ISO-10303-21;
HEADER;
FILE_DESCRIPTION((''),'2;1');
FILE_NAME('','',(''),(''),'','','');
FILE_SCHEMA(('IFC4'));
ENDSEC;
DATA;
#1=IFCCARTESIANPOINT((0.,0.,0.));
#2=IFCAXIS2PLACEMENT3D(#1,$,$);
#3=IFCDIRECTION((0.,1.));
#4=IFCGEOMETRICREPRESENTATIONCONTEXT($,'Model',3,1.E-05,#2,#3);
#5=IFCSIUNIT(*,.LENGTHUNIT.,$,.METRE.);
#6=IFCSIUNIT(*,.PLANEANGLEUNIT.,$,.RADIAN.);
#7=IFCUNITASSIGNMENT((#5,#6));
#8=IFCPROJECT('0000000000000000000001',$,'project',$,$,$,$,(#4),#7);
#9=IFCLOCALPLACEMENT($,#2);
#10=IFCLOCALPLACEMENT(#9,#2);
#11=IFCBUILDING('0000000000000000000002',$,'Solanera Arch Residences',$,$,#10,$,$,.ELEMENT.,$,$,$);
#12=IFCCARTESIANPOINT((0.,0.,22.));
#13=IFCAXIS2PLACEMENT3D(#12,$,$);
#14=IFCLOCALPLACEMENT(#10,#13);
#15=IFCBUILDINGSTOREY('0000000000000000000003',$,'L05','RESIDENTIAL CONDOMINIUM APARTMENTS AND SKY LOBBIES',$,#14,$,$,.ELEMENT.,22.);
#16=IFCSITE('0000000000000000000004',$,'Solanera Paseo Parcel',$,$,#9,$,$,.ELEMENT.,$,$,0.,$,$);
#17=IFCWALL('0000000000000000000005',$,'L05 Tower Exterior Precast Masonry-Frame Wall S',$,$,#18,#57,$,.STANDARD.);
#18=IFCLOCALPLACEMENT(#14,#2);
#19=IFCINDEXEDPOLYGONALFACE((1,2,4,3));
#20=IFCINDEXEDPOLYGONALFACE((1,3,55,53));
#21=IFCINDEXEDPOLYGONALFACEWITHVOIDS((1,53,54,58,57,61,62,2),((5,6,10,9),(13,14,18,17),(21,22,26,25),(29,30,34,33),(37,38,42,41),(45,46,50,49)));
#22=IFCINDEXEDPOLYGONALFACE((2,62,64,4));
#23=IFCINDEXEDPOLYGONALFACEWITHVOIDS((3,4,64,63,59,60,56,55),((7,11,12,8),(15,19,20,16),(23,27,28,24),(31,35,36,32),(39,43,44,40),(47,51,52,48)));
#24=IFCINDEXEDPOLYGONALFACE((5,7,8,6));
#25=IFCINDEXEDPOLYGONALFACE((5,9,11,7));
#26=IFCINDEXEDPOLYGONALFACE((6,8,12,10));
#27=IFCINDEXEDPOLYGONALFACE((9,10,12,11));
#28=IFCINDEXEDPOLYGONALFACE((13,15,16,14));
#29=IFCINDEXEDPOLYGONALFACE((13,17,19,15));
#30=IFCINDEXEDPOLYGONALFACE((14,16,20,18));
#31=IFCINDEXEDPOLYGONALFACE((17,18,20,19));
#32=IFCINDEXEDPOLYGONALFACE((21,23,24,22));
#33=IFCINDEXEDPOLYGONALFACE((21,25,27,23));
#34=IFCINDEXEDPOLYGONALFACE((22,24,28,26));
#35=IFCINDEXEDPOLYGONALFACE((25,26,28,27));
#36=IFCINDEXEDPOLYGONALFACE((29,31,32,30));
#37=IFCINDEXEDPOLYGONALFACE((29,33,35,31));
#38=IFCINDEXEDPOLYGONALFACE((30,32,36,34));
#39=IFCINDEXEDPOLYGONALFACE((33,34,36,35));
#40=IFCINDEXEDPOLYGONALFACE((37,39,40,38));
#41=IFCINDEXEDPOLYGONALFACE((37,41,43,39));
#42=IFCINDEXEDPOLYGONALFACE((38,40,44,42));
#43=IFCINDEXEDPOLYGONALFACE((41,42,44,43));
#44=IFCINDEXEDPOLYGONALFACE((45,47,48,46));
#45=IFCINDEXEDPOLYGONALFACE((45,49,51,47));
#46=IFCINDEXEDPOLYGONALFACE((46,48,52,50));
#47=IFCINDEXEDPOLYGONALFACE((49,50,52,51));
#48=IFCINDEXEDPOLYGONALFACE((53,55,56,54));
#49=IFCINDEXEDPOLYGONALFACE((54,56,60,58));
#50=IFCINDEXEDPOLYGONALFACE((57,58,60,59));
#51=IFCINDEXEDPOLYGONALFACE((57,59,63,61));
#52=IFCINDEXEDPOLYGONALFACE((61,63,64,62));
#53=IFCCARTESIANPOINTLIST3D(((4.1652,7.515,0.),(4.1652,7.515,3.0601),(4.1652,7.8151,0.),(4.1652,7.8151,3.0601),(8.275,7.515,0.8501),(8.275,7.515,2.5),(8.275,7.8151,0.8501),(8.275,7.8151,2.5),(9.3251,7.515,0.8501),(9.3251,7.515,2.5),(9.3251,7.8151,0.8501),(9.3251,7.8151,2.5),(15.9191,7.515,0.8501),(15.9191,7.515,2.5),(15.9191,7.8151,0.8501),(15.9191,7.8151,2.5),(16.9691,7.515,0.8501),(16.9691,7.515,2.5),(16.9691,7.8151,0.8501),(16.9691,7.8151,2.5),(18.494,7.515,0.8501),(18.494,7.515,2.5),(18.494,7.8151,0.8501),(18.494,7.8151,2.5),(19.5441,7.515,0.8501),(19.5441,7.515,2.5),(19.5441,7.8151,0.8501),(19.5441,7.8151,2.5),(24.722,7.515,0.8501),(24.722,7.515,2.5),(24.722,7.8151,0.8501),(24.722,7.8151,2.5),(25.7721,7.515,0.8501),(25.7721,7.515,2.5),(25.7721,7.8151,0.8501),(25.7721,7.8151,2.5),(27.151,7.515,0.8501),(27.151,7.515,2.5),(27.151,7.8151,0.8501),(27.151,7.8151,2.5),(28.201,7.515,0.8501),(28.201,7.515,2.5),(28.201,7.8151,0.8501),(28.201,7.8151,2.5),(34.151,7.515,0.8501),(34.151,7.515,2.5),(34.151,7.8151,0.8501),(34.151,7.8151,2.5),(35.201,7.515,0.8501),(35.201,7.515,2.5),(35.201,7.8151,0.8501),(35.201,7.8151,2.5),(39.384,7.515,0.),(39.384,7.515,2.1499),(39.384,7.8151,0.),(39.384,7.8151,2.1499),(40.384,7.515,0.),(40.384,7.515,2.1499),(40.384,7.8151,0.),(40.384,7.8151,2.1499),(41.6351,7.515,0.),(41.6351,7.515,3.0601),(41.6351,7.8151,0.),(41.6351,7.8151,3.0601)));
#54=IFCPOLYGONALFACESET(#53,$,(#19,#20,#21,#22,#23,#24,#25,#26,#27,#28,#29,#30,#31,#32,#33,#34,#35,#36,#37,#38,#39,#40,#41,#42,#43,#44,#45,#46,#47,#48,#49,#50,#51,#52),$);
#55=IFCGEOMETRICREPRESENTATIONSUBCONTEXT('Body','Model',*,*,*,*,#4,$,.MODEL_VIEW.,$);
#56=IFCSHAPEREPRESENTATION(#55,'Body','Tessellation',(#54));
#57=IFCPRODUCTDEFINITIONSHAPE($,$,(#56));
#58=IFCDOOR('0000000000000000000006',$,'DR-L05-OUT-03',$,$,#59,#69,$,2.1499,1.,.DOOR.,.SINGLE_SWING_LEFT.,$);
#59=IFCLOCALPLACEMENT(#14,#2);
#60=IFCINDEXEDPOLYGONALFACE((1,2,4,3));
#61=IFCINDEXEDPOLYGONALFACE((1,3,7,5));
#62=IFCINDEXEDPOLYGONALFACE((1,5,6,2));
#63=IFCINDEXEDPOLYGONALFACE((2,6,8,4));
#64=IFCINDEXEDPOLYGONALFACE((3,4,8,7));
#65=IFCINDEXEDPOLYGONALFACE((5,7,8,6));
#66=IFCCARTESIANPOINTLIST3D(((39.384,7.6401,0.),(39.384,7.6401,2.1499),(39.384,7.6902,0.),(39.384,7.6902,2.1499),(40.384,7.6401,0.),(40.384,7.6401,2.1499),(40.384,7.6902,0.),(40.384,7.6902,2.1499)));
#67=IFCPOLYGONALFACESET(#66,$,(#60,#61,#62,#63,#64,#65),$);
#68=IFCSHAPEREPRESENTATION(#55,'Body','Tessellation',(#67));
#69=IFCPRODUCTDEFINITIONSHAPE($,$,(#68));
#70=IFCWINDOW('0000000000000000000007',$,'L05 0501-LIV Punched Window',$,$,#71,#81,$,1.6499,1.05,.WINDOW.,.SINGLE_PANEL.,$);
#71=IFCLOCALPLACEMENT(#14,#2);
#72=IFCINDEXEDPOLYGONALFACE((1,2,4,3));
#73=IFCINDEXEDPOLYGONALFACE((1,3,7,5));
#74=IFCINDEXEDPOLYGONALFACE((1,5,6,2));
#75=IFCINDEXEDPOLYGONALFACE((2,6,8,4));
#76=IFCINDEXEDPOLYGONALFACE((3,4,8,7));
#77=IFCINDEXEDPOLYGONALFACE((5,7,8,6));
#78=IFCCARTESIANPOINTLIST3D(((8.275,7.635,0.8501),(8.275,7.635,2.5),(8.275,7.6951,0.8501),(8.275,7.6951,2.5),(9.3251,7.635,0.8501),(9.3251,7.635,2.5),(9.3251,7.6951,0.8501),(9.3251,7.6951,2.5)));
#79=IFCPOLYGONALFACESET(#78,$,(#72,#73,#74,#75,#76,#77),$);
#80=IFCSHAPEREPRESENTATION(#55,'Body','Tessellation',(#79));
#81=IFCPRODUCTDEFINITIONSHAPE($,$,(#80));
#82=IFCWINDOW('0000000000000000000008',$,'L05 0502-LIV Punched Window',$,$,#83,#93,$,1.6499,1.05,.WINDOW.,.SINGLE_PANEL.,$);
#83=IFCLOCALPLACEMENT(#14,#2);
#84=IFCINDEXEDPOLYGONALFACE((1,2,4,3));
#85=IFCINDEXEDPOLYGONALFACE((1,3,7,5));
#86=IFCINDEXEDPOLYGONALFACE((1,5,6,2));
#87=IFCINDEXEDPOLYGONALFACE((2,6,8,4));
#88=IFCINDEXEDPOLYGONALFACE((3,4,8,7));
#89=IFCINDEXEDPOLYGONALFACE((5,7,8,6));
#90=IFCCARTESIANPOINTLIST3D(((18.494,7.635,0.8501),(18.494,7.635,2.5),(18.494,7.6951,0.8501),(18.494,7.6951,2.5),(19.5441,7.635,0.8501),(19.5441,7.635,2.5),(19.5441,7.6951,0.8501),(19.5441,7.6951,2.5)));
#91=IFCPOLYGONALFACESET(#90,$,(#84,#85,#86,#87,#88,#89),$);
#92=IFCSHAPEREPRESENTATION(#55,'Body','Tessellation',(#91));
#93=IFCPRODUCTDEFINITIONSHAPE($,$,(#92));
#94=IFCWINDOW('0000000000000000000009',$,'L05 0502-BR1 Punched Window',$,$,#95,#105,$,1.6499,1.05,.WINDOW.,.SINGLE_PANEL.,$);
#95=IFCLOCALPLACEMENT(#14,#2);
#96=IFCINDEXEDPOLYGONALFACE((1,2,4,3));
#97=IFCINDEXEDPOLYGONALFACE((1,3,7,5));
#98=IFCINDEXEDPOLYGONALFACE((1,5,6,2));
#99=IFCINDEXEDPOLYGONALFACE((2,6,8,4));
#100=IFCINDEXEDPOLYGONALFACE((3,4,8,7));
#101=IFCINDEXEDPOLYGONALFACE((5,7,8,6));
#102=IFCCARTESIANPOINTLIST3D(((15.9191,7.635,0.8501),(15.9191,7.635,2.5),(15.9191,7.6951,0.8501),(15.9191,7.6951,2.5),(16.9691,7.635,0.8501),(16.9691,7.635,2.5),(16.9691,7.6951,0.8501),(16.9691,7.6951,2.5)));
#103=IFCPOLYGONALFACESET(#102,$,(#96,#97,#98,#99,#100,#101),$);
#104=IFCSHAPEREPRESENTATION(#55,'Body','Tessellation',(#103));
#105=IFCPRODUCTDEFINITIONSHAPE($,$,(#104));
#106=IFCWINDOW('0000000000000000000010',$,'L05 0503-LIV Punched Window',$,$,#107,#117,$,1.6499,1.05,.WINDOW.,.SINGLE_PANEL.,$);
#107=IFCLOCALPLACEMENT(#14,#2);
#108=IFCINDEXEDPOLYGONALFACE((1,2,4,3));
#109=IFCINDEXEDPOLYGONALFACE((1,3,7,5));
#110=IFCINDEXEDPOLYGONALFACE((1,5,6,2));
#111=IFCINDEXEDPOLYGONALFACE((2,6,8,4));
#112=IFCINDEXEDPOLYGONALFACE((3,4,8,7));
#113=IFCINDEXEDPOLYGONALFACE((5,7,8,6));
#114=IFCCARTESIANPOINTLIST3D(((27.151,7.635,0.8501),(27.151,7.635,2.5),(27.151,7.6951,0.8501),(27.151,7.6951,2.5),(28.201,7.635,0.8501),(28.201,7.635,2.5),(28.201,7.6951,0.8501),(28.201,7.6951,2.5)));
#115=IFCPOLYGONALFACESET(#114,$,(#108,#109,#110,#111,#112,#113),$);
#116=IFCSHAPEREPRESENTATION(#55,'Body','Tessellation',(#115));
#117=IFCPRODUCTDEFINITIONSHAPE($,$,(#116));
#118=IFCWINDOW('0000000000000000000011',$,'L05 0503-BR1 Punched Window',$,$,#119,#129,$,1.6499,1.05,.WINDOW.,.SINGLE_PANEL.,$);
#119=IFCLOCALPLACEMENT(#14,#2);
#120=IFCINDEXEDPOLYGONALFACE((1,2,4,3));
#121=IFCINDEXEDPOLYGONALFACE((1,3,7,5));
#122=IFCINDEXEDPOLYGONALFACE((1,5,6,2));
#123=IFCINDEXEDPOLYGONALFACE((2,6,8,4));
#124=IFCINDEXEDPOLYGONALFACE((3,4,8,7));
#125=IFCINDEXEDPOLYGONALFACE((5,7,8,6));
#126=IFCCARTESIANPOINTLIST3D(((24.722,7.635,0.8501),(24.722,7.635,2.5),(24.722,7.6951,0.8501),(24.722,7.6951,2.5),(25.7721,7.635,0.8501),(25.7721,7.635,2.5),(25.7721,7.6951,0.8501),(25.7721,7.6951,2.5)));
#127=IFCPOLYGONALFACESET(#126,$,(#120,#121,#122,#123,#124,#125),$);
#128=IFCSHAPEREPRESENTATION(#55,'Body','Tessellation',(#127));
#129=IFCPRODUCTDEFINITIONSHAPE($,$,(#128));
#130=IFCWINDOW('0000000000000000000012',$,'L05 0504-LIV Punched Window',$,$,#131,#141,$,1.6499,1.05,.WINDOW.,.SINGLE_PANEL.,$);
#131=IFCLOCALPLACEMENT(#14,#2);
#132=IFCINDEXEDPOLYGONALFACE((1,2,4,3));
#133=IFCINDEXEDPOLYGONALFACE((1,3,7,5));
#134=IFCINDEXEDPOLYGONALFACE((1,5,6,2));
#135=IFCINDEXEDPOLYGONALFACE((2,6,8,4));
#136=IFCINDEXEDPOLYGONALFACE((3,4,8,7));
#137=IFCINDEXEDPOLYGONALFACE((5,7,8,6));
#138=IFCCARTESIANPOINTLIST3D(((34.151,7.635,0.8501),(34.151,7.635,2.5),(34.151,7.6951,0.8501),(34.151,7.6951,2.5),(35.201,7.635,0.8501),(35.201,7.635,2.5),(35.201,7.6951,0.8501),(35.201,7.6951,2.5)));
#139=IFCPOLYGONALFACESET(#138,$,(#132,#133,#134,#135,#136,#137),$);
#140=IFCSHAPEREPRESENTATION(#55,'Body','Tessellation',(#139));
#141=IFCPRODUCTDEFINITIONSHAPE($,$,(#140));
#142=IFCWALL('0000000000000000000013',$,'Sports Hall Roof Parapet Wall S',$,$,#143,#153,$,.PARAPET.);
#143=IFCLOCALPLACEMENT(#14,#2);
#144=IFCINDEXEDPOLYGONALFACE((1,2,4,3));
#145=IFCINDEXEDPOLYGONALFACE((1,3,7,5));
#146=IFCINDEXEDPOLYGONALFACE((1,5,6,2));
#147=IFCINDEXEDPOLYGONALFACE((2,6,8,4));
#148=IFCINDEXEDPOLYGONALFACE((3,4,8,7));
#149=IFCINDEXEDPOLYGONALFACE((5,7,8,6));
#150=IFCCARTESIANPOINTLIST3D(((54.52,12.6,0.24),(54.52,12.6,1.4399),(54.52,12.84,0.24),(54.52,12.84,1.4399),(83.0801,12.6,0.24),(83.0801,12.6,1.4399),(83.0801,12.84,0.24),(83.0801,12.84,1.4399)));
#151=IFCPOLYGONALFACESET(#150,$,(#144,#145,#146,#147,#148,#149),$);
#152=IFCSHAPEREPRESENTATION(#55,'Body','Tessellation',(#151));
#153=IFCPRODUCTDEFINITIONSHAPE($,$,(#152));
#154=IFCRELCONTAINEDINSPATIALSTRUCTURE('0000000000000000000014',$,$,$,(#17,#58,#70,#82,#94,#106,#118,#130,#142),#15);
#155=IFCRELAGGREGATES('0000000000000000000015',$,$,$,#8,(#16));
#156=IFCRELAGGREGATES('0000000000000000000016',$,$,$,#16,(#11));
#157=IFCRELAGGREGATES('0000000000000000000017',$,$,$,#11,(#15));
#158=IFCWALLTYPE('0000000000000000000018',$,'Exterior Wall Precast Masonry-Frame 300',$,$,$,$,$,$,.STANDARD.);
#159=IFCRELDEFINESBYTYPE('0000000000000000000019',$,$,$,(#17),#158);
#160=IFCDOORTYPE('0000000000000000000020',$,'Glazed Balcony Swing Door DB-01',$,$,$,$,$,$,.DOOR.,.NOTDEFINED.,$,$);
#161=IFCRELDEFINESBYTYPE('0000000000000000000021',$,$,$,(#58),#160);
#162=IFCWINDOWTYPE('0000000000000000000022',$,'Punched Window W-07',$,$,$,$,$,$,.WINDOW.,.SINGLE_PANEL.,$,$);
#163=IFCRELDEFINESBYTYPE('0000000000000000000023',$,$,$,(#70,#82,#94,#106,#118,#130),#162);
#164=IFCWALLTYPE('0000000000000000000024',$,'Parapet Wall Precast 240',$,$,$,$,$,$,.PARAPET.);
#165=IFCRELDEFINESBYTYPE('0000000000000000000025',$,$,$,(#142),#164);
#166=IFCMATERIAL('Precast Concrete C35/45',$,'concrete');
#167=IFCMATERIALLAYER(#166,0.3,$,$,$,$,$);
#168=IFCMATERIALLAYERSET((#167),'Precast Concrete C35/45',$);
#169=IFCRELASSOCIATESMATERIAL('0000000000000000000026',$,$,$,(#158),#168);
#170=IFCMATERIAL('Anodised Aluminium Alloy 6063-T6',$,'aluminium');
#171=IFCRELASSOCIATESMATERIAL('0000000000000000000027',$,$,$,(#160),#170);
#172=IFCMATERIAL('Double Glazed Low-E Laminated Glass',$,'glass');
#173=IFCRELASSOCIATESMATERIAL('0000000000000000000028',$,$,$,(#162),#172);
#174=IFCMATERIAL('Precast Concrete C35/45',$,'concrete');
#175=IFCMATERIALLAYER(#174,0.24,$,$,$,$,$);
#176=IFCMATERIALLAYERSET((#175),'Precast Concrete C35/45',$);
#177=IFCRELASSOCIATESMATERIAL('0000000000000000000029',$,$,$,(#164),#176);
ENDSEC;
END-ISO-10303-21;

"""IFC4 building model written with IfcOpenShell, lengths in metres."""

from ifc_helpers import new_model, si_unit, direction, frame, frame_2d, origin, place, context, subcontext, project, spatial, rectangle, extrude, material, layer, layer_set, type_object, element, fill, save


model = new_model("IFC4")

# Units and contexts
model_context = context("Model", 3, precision=1e-05, world=origin(), true_north=direction((0.0, 1.0)))
body_context = subcontext(model_context, "Body", "Model", "MODEL_VIEW")
ifc_project = project(units=[si_unit("LENGTHUNIT", "METRE"), si_unit("PLANEANGLEUNIT", "RADIAN")], contexts=[model_context])

# Site, building, storey
site_placement = place(None, origin())
site = spatial("IfcSite", under=ifc_project, at=site_placement, Name="Solanera Paseo Parcel", CompositionType="ELEMENT", RefElevation=0.0)
building_placement = place(site_placement, origin())
building = spatial("IfcBuilding", under=site, at=building_placement, Name="Solanera Arch Residences", CompositionType="ELEMENT")
storey_placement = place(building_placement, frame((0.0, 0.0, 22.0)))
storey = spatial("IfcBuildingStorey", under=building, at=storey_placement, Name="L05", Description="RESIDENTIAL CONDOMINIUM APARTMENTS AND SKY LOBBIES", CompositionType="ELEMENT", Elevation=22.0)

# Shared definitions
ifc_material_1 = material(Name="Precast Concrete C35/45", Category="concrete")
ifc_layer_1 = layer(ifc_material_1, 0.3)
ifc_layer_set_1 = layer_set([ifc_layer_1], Name="Precast Concrete C35/45")
wall_type_1 = type_object("IfcWallType", Name="Exterior Wall Precast Masonry-Frame 300", PredefinedType="STANDARD", material=ifc_layer_set_1)

# Wall, openings, door, windows
wall_1_placement = place(storey_placement, frame((41.635, 7.665, 0.0), z_axis=(0.0, 0.0, 1.0), x_axis=(-1.0, 0.0, 0.0)))
wall_1 = element("IfcWall", 1, at=wall_1_placement, inside=storey, type_object=wall_type_1, Name="L05 Tower Exterior Precast Masonry-Frame Wall S", PredefinedType="STANDARD", context=body_context, shape_type="SweptSolid", body=[
    extrude(rectangle(XDim=37.47, YDim=0.3, at=frame_2d((18.7349, 0.0))), origin(), (0.0, 0.0, 1.0), 3.0601),
])
opening_1_placement = place(wall_1_placement, frame((1.251, 0.0, 0.0)))
opening_1 = element("IfcOpeningElement", 2, at=opening_1_placement, cuts=wall_1, PredefinedType="OPENING", context=body_context, shape_type="SweptSolid", body=[
    extrude(rectangle(XDim=1.0, YDim=2.1499, at=frame_2d((0.5, 1.075))), frame((0.0, 0.1599, 0.0), z_axis=(0.0, -1.0, 0.0), x_axis=(1.0, 0.0, 0.0)), (0.0, 0.0, 1.0), 0.32),
])
opening_2_placement = place(wall_1_placement, frame((32.3101, 0.0, 0.8501)))
opening_2 = element("IfcOpeningElement", 3, at=opening_2_placement, cuts=wall_1, PredefinedType="OPENING", context=body_context, shape_type="SweptSolid", body=[
    extrude(rectangle(XDim=1.05, YDim=1.6499, at=frame_2d((0.5249, 0.825))), frame((0.0, 0.1599, 0.0), z_axis=(0.0, -1.0, 0.0), x_axis=(1.0, 0.0, 0.0)), (0.0, 0.0, 1.0), 0.32),
])
opening_3_placement = place(wall_1_placement, frame((22.0911, 0.0, 0.8501)))
opening_3 = element("IfcOpeningElement", 4, at=opening_3_placement, cuts=wall_1, PredefinedType="OPENING", context=body_context, shape_type="SweptSolid", body=[
    extrude(rectangle(XDim=1.05, YDim=1.6499, at=frame_2d((0.5249, 0.825))), frame((0.0, 0.1599, 0.0), z_axis=(0.0, -1.0, 0.0), x_axis=(1.0, 0.0, 0.0)), (0.0, 0.0, 1.0), 0.32),
])
opening_4_placement = place(wall_1_placement, frame((24.666, 0.0, 0.8501)))
opening_4 = element("IfcOpeningElement", 5, at=opening_4_placement, cuts=wall_1, PredefinedType="OPENING", context=body_context, shape_type="SweptSolid", body=[
    extrude(rectangle(XDim=1.05, YDim=1.6499, at=frame_2d((0.5249, 0.825))), frame((0.0, 0.1599, 0.0), z_axis=(0.0, -1.0, 0.0), x_axis=(1.0, 0.0, 0.0)), (0.0, 0.0, 1.0), 0.32),
])
opening_5_placement = place(wall_1_placement, frame((13.4341, 0.0, 0.8501)))
opening_5 = element("IfcOpeningElement", 6, at=opening_5_placement, cuts=wall_1, PredefinedType="OPENING", context=body_context, shape_type="SweptSolid", body=[
    extrude(rectangle(XDim=1.05, YDim=1.6499, at=frame_2d((0.5249, 0.825))), frame((0.0, 0.1599, 0.0), z_axis=(0.0, -1.0, 0.0), x_axis=(1.0, 0.0, 0.0)), (0.0, 0.0, 1.0), 0.32),
])
opening_6_placement = place(wall_1_placement, frame((15.863, 0.0, 0.8501)))
opening_6 = element("IfcOpeningElement", 7, at=opening_6_placement, cuts=wall_1, PredefinedType="OPENING", context=body_context, shape_type="SweptSolid", body=[
    extrude(rectangle(XDim=1.05, YDim=1.6499, at=frame_2d((0.5249, 0.825))), frame((0.0, 0.1599, 0.0), z_axis=(0.0, -1.0, 0.0), x_axis=(1.0, 0.0, 0.0)), (0.0, 0.0, 1.0), 0.32),
])
opening_7_placement = place(wall_1_placement, frame((6.4341, 0.0, 0.8501)))
opening_7 = element("IfcOpeningElement", 8, at=opening_7_placement, cuts=wall_1, PredefinedType="OPENING", context=body_context, shape_type="SweptSolid", body=[
    extrude(rectangle(XDim=1.05, YDim=1.6499, at=frame_2d((0.5249, 0.825))), frame((0.0, 0.1599, 0.0), z_axis=(0.0, -1.0, 0.0), x_axis=(1.0, 0.0, 0.0)), (0.0, 0.0, 1.0), 0.32),
])
ifc_material_2 = material(Name="Anodised Aluminium Alloy 6063-T6", Category="aluminium")
door_type_1 = type_object("IfcDoorType", Name="Glazed Balcony Swing Door DB-01", OperationType="NOTDEFINED", PredefinedType="DOOR", material=ifc_material_2)
door_1_placement = place(opening_1_placement, origin())
door_1 = element("IfcDoor", 9, at=door_1_placement, inside=storey, type_object=door_type_1, Name="DR-L05-OUT-03", OperationType="SINGLE_SWING_LEFT", OverallHeight=2.1499, OverallWidth=1.0, PredefinedType="DOOR", context=body_context, shape_type="SweptSolid", body=[
    extrude(rectangle(XDim=1.0, YDim=2.1499, at=frame_2d((0.5, 1.075))), frame((0.0, 0.0249, 0.0), z_axis=(0.0, -1.0, 0.0), x_axis=(1.0, 0.0, 0.0)), (0.0, 0.0, 1.0), 0.05),
])
fill(opening_1, door_1)
ifc_material_3 = material(Name="Double Glazed Low-E Laminated Glass", Category="glass")
window_type = type_object("IfcWindowType", Name="Punched Window W-07", PartitioningType="SINGLE_PANEL", PredefinedType="WINDOW", material=ifc_material_3)
window_1_placement = place(opening_2_placement, origin())
window_1 = element("IfcWindow", 10, at=window_1_placement, inside=storey, type_object=window_type, Name="L05 0501-LIV Punched Window", OverallHeight=1.6499, OverallWidth=1.05, PartitioningType="SINGLE_PANEL", PredefinedType="WINDOW", context=body_context, shape_type="SweptSolid", body=[
    extrude(rectangle(XDim=1.05, YDim=1.6499, at=frame_2d((0.5249, 0.825))), frame((0.0, 0.03, 0.0), z_axis=(0.0, -1.0, 0.0), x_axis=(1.0, 0.0, 0.0)), (0.0, 0.0, 1.0), 0.0601),
])
fill(opening_2, window_1)
window_2_placement = place(opening_3_placement, origin())
window_2 = element("IfcWindow", 11, at=window_2_placement, inside=storey, type_object=window_type, Name="L05 0502-LIV Punched Window", OverallHeight=1.6499, OverallWidth=1.05, PartitioningType="SINGLE_PANEL", PredefinedType="WINDOW", context=body_context, shape_type="SweptSolid", body=[
    extrude(rectangle(XDim=1.05, YDim=1.6499, at=frame_2d((0.5249, 0.825))), frame((0.0, 0.03, 0.0), z_axis=(0.0, -1.0, 0.0), x_axis=(1.0, 0.0, 0.0)), (0.0, 0.0, 1.0), 0.0601),
])
fill(opening_3, window_2)
window_3_placement = place(opening_4_placement, origin())
window_3 = element("IfcWindow", 12, at=window_3_placement, inside=storey, type_object=window_type, Name="L05 0502-BR1 Punched Window", OverallHeight=1.6499, OverallWidth=1.05, PartitioningType="SINGLE_PANEL", PredefinedType="WINDOW", context=body_context, shape_type="SweptSolid", body=[
    extrude(rectangle(XDim=1.05, YDim=1.6499, at=frame_2d((0.5249, 0.825))), frame((0.0, 0.03, 0.0), z_axis=(0.0, -1.0, 0.0), x_axis=(1.0, 0.0, 0.0)), (0.0, 0.0, 1.0), 0.0601),
])
fill(opening_4, window_3)
window_4_placement = place(opening_5_placement, origin())
window_4 = element("IfcWindow", 13, at=window_4_placement, inside=storey, type_object=window_type, Name="L05 0503-LIV Punched Window", OverallHeight=1.6499, OverallWidth=1.05, PartitioningType="SINGLE_PANEL", PredefinedType="WINDOW", context=body_context, shape_type="SweptSolid", body=[
    extrude(rectangle(XDim=1.05, YDim=1.6499, at=frame_2d((0.5249, 0.825))), frame((0.0, 0.03, 0.0), z_axis=(0.0, -1.0, 0.0), x_axis=(1.0, 0.0, 0.0)), (0.0, 0.0, 1.0), 0.0601),
])
fill(opening_5, window_4)
window_5_placement = place(opening_6_placement, origin())
window_5 = element("IfcWindow", 14, at=window_5_placement, inside=storey, type_object=window_type, Name="L05 0503-BR1 Punched Window", OverallHeight=1.6499, OverallWidth=1.05, PartitioningType="SINGLE_PANEL", PredefinedType="WINDOW", context=body_context, shape_type="SweptSolid", body=[
    extrude(rectangle(XDim=1.05, YDim=1.6499, at=frame_2d((0.5249, 0.825))), frame((0.0, 0.03, 0.0), z_axis=(0.0, -1.0, 0.0), x_axis=(1.0, 0.0, 0.0)), (0.0, 0.0, 1.0), 0.0601),
])
fill(opening_6, window_5)
window_6_placement = place(opening_7_placement, origin())
window_6 = element("IfcWindow", 15, at=window_6_placement, inside=storey, type_object=window_type, Name="L05 0504-LIV Punched Window", OverallHeight=1.6499, OverallWidth=1.05, PartitioningType="SINGLE_PANEL", PredefinedType="WINDOW", context=body_context, shape_type="SweptSolid", body=[
    extrude(rectangle(XDim=1.05, YDim=1.6499, at=frame_2d((0.5249, 0.825))), frame((0.0, 0.03, 0.0), z_axis=(0.0, -1.0, 0.0), x_axis=(1.0, 0.0, 0.0)), (0.0, 0.0, 1.0), 0.0601),
])
fill(opening_7, window_6)

# Wall
ifc_material_4 = material(Name="Precast Concrete C35/45", Category="concrete")
ifc_layer_2 = layer(ifc_material_4, 0.24)
ifc_layer_set_2 = layer_set([ifc_layer_2], Name="Precast Concrete C35/45")
wall_type_2 = type_object("IfcWallType", Name="Parapet Wall Precast 240", PredefinedType="PARAPET", material=ifc_layer_set_2)
wall_2_placement = place(storey_placement, frame((83.0801, 12.72, 0.24), z_axis=(0.0, 0.0, 1.0), x_axis=(-1.0, 0.0, 0.0)))
element("IfcWall", 16, at=wall_2_placement, inside=storey, type_object=wall_type_2, Name="Sports Hall Roof Parapet Wall S", PredefinedType="PARAPET", context=body_context, shape_type="SweptSolid", body=[
    extrude(rectangle(XDim=28.5601, YDim=0.24, at=frame_2d((14.28, 0.0))), origin(), (0.0, 0.0, 1.0), 1.2),
])

save(model, "model.ifc")
